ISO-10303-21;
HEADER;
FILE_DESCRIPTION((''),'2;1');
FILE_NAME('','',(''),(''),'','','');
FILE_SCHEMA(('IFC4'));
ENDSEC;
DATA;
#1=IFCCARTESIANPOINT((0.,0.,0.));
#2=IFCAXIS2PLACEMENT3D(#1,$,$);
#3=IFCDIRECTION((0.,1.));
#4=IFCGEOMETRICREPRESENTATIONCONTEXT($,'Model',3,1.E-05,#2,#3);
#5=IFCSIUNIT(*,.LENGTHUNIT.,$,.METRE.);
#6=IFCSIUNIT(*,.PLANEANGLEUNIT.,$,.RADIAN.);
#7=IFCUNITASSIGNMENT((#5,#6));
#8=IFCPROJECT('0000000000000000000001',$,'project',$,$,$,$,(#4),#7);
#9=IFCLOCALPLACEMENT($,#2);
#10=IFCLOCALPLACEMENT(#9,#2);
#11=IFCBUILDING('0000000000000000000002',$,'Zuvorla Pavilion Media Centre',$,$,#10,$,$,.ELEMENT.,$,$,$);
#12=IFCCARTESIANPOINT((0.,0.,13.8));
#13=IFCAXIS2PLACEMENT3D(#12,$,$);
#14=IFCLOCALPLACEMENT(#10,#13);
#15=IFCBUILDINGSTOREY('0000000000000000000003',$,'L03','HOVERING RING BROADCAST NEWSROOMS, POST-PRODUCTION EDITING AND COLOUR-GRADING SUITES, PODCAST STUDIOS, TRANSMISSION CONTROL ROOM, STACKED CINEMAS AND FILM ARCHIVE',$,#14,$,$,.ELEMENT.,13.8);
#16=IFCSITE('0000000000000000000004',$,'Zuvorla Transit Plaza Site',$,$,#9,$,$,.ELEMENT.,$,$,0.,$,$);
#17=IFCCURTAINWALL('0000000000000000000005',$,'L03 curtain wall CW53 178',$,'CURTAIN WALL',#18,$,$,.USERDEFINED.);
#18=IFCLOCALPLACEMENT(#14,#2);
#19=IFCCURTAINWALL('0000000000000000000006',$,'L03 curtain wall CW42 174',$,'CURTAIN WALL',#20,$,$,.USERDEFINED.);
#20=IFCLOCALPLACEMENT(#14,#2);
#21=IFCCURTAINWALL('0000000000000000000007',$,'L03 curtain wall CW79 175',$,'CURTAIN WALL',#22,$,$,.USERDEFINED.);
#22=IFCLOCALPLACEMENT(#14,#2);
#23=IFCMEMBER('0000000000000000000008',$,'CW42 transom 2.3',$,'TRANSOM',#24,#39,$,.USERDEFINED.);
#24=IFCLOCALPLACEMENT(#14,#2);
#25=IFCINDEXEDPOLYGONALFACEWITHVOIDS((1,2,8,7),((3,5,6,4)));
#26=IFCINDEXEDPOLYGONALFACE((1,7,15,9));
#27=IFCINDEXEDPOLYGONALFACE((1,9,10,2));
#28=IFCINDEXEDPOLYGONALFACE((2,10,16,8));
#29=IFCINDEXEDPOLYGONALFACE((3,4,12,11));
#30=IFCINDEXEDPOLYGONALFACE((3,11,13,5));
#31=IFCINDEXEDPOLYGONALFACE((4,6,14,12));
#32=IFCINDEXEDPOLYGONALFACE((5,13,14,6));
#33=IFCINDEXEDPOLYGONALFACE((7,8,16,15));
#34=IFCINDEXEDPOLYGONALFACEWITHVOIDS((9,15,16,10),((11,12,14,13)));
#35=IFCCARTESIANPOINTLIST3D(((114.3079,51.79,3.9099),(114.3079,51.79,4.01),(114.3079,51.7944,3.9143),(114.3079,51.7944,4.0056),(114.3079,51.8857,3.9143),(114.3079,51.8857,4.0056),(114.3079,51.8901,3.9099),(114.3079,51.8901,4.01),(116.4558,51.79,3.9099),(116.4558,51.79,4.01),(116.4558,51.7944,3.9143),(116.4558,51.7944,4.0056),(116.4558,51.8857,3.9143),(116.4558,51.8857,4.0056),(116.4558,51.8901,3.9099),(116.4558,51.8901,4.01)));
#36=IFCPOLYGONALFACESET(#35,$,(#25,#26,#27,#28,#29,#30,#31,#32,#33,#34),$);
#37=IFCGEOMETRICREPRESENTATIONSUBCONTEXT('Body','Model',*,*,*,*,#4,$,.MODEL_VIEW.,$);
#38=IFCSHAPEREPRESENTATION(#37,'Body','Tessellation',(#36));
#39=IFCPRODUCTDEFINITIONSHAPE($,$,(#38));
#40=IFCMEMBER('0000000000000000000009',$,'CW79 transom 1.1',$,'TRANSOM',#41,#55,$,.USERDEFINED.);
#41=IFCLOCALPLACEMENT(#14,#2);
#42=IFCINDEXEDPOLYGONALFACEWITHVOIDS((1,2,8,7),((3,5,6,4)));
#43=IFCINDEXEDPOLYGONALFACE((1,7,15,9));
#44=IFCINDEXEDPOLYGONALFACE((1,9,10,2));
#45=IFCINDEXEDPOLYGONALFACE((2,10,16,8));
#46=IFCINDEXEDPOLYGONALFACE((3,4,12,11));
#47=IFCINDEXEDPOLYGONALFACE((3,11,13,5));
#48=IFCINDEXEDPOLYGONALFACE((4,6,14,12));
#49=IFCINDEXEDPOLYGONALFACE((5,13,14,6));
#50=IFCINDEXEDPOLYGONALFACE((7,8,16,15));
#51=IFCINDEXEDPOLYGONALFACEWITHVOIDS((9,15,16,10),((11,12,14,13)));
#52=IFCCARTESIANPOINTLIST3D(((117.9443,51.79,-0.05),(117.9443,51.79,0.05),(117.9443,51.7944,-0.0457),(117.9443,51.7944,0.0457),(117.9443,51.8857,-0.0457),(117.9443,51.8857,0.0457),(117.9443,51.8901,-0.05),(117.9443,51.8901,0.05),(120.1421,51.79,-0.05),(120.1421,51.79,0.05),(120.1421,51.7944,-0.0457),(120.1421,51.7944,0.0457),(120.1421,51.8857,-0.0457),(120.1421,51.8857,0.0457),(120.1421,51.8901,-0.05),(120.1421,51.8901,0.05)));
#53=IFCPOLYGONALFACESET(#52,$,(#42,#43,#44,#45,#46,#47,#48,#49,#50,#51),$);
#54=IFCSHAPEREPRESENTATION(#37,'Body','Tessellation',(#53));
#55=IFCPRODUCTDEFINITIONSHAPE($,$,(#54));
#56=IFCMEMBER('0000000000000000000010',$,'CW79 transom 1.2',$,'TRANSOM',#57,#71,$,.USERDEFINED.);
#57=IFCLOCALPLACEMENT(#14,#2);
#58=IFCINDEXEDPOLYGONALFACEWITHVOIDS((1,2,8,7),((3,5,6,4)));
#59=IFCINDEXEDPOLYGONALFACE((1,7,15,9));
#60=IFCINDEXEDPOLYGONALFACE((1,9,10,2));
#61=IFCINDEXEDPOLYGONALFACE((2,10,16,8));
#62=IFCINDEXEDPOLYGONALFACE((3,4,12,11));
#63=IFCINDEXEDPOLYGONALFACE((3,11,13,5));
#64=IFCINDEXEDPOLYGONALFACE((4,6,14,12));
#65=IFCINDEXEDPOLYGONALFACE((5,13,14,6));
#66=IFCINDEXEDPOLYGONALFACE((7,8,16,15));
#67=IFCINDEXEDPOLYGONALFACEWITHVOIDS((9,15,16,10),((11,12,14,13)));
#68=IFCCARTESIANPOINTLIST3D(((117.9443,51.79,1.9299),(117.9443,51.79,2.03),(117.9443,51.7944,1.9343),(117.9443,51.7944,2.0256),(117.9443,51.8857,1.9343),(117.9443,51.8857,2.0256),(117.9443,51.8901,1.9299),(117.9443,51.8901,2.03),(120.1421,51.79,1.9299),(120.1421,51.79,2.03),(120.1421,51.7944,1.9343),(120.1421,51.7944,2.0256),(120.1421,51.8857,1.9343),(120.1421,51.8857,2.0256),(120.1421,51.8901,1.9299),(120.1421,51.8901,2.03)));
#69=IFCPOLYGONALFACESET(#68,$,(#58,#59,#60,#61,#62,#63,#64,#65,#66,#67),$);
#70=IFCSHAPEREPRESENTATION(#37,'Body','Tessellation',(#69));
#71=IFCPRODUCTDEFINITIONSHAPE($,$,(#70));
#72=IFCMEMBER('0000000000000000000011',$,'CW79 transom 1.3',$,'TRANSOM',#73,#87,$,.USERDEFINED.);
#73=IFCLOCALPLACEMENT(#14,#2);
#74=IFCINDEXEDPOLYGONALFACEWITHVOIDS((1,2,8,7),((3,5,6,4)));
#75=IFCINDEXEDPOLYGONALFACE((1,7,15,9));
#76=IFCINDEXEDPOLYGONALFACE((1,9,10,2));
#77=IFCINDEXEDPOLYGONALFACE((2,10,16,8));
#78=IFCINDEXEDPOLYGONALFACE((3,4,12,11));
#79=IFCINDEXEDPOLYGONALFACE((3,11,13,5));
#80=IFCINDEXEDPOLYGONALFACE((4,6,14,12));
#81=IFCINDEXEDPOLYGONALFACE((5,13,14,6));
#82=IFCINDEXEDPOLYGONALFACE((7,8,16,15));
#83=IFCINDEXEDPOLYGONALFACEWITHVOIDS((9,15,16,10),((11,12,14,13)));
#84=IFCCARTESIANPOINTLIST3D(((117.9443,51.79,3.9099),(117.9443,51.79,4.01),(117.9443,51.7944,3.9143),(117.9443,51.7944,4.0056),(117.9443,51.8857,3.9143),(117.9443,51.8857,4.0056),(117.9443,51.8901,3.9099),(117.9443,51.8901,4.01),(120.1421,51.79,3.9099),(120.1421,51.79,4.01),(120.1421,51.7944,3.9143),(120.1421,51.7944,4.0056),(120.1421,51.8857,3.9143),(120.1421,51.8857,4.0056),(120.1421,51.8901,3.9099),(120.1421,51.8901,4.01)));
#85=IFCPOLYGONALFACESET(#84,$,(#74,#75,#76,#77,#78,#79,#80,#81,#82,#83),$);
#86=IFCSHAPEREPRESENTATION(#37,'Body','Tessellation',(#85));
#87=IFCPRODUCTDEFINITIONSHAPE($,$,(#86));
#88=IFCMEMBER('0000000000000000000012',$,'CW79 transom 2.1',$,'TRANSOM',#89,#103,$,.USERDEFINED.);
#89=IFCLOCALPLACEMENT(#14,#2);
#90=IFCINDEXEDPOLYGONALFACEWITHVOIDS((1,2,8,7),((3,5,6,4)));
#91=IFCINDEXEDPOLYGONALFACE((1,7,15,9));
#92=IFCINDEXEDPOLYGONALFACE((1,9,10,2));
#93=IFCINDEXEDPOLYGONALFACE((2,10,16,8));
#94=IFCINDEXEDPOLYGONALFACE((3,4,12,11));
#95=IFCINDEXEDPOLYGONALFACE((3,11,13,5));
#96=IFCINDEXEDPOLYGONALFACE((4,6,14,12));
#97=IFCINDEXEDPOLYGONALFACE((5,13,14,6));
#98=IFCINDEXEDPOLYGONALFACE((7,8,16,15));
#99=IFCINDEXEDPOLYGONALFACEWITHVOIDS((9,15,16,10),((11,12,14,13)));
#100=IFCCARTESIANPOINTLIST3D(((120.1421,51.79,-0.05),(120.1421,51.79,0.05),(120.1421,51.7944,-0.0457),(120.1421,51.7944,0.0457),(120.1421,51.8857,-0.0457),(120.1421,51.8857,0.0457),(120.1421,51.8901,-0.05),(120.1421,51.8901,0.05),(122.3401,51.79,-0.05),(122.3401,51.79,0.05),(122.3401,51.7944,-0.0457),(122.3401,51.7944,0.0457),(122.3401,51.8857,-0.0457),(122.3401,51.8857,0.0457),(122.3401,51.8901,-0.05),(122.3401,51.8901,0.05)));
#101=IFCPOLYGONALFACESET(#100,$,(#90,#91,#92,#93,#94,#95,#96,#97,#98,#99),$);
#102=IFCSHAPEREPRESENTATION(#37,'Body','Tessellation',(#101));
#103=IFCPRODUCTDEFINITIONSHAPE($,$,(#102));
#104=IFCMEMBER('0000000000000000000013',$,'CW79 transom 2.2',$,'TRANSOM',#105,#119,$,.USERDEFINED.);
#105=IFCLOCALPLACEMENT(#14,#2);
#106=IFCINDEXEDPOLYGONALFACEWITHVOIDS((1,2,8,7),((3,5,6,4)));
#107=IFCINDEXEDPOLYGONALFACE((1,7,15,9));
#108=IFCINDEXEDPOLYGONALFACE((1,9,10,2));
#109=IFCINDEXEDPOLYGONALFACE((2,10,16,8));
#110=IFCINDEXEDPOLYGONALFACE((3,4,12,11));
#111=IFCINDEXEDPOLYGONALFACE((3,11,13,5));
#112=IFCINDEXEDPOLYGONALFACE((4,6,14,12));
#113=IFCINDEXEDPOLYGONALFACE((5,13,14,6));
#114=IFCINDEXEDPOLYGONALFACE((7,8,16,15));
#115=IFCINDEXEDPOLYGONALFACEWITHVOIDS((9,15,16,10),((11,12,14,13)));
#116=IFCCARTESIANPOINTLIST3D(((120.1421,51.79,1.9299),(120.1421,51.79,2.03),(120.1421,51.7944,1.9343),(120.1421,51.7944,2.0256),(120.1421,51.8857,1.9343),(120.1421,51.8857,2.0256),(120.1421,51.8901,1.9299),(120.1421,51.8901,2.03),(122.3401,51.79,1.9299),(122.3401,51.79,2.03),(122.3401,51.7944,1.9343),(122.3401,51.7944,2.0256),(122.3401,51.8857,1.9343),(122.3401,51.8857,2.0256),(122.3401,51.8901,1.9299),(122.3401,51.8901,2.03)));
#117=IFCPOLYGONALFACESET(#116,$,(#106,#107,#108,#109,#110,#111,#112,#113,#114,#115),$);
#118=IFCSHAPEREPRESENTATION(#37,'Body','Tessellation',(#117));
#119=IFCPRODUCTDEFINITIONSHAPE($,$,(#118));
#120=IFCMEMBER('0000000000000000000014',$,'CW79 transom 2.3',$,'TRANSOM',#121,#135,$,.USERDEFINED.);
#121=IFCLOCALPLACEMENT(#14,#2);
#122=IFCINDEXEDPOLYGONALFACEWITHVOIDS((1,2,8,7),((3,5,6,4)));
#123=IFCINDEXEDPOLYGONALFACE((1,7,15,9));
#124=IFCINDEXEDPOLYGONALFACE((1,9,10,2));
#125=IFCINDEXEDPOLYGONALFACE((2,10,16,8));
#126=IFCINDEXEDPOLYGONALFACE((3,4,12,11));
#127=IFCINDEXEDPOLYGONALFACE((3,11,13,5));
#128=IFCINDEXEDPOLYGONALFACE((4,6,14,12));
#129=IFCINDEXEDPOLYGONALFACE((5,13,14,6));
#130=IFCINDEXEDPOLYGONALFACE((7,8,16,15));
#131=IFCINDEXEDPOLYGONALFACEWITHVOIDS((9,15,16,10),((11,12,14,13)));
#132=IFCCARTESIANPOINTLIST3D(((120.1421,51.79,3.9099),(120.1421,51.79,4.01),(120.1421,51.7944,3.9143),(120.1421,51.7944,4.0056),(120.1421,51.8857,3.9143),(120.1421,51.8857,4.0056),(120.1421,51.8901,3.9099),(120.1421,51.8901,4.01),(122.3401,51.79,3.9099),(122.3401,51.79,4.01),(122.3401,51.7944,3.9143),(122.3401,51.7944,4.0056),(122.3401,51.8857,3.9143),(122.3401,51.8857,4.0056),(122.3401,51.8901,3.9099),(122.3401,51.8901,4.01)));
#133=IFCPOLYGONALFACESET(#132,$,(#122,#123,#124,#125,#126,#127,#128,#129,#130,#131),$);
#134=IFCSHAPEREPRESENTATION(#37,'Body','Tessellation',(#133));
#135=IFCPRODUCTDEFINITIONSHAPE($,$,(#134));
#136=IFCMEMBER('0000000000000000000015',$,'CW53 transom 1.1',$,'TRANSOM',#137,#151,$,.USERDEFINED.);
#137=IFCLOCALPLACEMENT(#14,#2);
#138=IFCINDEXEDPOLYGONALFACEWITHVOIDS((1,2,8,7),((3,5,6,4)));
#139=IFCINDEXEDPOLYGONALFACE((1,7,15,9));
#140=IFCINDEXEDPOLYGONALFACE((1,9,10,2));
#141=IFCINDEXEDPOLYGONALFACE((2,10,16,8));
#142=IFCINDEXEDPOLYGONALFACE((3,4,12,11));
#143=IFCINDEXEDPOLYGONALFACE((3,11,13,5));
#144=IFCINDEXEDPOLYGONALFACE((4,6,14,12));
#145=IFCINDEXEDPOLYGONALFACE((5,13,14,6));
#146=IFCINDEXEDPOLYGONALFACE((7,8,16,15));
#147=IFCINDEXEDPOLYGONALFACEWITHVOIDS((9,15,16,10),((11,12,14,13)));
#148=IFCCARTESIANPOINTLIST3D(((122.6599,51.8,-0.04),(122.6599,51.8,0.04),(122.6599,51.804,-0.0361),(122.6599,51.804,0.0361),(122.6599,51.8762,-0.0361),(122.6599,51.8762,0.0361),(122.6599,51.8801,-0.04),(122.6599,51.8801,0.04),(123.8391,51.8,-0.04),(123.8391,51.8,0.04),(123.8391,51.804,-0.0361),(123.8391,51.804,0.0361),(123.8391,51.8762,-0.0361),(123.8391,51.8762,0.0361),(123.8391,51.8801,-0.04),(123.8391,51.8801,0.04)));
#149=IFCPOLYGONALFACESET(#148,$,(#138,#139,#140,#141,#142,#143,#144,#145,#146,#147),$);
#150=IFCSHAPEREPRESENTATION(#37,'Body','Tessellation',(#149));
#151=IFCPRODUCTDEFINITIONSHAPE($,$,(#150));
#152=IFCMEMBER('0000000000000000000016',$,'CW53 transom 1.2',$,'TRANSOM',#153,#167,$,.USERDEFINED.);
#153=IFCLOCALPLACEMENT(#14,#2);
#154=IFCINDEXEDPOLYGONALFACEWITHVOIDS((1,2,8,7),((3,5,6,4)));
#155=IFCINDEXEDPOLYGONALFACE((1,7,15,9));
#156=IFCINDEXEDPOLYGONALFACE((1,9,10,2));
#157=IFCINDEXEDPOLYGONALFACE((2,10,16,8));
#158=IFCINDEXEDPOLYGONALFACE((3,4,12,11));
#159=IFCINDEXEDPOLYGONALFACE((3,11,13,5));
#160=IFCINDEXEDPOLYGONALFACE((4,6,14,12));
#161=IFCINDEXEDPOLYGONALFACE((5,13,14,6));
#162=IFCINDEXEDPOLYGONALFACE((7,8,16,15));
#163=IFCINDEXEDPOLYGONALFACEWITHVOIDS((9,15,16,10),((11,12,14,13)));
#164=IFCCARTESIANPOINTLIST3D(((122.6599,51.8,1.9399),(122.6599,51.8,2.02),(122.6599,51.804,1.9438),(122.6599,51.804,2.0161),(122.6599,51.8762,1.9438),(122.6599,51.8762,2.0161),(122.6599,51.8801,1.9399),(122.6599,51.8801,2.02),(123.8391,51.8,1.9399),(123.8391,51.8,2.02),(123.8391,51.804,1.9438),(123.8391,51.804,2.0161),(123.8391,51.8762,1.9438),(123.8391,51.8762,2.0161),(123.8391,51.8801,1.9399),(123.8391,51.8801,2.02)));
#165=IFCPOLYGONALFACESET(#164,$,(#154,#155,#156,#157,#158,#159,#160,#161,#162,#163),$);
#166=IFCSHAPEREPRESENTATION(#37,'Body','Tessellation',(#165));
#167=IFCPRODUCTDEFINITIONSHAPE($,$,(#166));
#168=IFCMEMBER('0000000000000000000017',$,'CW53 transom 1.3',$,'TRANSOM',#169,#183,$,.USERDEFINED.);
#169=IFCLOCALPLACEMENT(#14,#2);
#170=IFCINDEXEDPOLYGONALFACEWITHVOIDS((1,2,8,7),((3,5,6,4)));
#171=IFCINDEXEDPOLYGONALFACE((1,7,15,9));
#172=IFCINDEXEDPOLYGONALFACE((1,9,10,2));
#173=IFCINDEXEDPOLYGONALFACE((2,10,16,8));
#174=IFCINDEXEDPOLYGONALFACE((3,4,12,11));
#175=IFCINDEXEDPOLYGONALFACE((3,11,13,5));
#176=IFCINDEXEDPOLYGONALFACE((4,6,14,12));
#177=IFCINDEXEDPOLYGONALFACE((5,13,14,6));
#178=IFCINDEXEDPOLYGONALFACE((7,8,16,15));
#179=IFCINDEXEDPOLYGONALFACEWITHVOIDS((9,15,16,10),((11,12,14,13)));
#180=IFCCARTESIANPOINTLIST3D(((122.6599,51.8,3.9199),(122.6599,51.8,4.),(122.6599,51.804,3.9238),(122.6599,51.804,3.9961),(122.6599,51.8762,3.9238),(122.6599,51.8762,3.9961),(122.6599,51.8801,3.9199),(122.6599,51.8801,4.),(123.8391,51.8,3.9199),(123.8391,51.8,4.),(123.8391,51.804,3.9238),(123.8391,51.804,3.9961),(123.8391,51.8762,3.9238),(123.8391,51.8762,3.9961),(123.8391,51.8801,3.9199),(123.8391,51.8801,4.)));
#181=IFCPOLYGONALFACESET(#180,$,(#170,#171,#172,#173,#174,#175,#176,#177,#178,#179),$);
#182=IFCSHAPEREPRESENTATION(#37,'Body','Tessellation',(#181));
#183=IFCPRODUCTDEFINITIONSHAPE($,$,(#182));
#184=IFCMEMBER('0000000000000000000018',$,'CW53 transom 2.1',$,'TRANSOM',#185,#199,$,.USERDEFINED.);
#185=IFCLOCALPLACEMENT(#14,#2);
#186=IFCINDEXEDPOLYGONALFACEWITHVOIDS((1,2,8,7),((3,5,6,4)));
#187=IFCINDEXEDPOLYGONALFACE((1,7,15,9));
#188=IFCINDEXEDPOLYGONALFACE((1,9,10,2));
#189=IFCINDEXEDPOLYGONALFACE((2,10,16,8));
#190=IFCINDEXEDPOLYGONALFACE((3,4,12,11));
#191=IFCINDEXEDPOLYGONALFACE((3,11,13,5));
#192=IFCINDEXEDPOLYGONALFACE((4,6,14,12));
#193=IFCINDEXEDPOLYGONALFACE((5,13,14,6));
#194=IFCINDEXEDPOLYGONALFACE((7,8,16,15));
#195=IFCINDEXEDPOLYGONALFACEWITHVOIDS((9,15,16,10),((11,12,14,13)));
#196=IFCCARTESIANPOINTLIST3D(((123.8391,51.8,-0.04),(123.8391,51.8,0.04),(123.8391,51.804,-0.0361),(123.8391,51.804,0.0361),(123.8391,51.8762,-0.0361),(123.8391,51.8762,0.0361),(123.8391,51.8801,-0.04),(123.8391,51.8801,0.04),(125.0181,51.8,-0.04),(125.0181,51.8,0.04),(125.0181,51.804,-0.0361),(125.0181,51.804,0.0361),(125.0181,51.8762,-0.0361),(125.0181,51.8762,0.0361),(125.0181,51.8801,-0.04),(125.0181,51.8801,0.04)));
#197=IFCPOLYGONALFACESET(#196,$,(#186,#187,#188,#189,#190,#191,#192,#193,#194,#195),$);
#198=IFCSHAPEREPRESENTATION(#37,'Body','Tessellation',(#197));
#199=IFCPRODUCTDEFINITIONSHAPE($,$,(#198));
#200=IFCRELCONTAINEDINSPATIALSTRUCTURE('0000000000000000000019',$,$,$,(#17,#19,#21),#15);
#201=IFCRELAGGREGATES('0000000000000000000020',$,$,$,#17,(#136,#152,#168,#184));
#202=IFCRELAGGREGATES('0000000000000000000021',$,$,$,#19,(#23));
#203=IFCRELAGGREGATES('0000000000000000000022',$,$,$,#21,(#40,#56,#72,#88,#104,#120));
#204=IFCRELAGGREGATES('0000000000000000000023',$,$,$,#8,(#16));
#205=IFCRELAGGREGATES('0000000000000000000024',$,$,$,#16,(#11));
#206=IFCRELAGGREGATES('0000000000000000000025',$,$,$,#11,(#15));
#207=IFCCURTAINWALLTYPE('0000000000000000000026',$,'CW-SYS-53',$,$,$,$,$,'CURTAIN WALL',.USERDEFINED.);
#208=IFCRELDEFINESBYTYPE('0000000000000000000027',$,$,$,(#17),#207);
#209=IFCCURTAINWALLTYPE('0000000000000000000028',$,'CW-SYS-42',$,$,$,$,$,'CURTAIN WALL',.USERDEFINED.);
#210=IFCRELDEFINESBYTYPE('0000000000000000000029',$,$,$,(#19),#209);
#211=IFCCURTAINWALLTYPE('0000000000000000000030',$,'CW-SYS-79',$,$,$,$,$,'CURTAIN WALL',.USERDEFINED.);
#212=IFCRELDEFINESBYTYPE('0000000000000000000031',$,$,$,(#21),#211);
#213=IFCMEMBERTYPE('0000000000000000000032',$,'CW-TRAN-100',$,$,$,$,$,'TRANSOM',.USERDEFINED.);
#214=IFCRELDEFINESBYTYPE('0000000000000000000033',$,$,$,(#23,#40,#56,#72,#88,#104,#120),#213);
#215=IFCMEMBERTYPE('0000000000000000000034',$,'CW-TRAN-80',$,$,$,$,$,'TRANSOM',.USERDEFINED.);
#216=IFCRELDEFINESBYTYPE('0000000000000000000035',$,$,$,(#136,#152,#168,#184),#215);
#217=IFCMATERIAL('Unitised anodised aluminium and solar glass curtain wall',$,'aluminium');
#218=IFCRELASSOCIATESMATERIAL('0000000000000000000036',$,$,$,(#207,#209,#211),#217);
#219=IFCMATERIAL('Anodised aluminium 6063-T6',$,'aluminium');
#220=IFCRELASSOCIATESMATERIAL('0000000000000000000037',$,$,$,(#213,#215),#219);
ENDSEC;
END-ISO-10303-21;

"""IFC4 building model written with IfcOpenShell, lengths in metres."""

from ifc_helpers import new_model, si_unit, direction, frame, origin, origin_2d, place, context, subcontext, project, spatial, hollow_rectangle, extrude, material, material_profile, profile_set, type_object, element, aggregate, save


model = new_model("IFC4")

# Units and contexts
model_context = context("Model", 3, precision=1e-05, world=origin(), true_north=direction((0.0, 1.0)))
body_context = subcontext(model_context, "Body", "Model", "MODEL_VIEW")
ifc_project = project(units=[si_unit("LENGTHUNIT", "METRE"), si_unit("PLANEANGLEUNIT", "RADIAN")], contexts=[model_context])

# Site, building, storey
site_placement = place(None, origin())
site = spatial("IfcSite", under=ifc_project, at=site_placement, Name="Zuvorla Transit Plaza Site", CompositionType="ELEMENT", RefElevation=0.0)
building_placement = place(site_placement, origin())
building = spatial("IfcBuilding", under=site, at=building_placement, Name="Zuvorla Pavilion Media Centre", CompositionType="ELEMENT")
storey_placement = place(building_placement, frame((0.0, 0.0, 13.8)))
storey = spatial("IfcBuildingStorey", under=building, at=storey_placement, Name="L03", Description="HOVERING RING BROADCAST NEWSROOMS, POST-PRODUCTION EDITING AND COLOUR-GRADING SUITES, PODCAST STUDIOS, TRANSMISSION CONTROL ROOM, STACKED CINEMAS AND FILM ARCHIVE", CompositionType="ELEMENT", Elevation=13.8)

# Curtain walls
ifc_material_1 = material(Name="Unitised anodised aluminium and solar glass curtain wall", Category="aluminium")
curtain_wall_type_1 = type_object("IfcCurtainWallType", Name="CW-SYS-53", ElementType="CURTAIN WALL", PredefinedType="USERDEFINED", material=ifc_material_1)
curtain_wall_1_placement = place(storey_placement, origin())
curtain_wall_1 = element("IfcCurtainWall", 1, at=curtain_wall_1_placement, inside=storey, type_object=curtain_wall_type_1, Name="L03 curtain wall CW53 178", ObjectType="CURTAIN WALL", PredefinedType="USERDEFINED")
ifc_material_2 = material(Name="Anodised aluminium 6063-T6", Category="aluminium")
curtain_wall_type_2 = type_object("IfcCurtainWallType", Name="CW-SYS-42", ElementType="CURTAIN WALL", PredefinedType="USERDEFINED", material=ifc_material_1)
curtain_wall_2_placement = place(storey_placement, origin())
curtain_wall_2 = element("IfcCurtainWall", 2, at=curtain_wall_2_placement, inside=storey, type_object=curtain_wall_type_2, Name="L03 curtain wall CW42 174", ObjectType="CURTAIN WALL", PredefinedType="USERDEFINED")
curtain_wall_type_3 = type_object("IfcCurtainWallType", Name="CW-SYS-79", ElementType="CURTAIN WALL", PredefinedType="USERDEFINED", material=ifc_material_1)
curtain_wall_3_placement = place(storey_placement, origin())
curtain_wall_3 = element("IfcCurtainWall", 3, at=curtain_wall_3_placement, inside=storey, type_object=curtain_wall_type_3, Name="L03 curtain wall CW79 175", ObjectType="CURTAIN WALL", PredefinedType="USERDEFINED")

# Members
ifc_material_profile_1 = material_profile(ifc_material_2, hollow_rectangle(XDim=0.1001, YDim=0.1001, WallThickness=0.0044, at=origin_2d()), Name="ALU TRAN 100x100")
ifc_profile_set_1 = profile_set([ifc_material_profile_1], Name="Anodised aluminium 6063-T6")
member_type_1 = type_object("IfcMemberType", Name="CW-TRAN-100", ElementType="TRANSOM", PredefinedType="USERDEFINED", material=ifc_profile_set_1)
member_1_placement = place(storey_placement, frame((114.3079, 51.8401, 3.96), z_axis=(1.0, 0.0, 0.0), x_axis=(0.0, 1.0, 0.0)))
member_1 = element("IfcMember", 4, at=member_1_placement, type_object=member_type_1, Name="CW42 transom 2.3", ObjectType="TRANSOM", PredefinedType="USERDEFINED", context=body_context, shape_type="SweptSolid", body=[
    extrude(hollow_rectangle(XDim=0.1001, YDim=0.1001, WallThickness=0.0044, at=origin_2d()), origin(), (0.0, 0.0, 1.0), 2.1479),
])
member_2_placement = place(storey_placement, frame((117.9443, 51.8401, 0.0), z_axis=(1.0, 0.0, 0.0), x_axis=(0.0, 1.0, 0.0)))
member_2 = element("IfcMember", 5, at=member_2_placement, type_object=member_type_1, Name="CW79 transom 1.1", ObjectType="TRANSOM", PredefinedType="USERDEFINED", context=body_context, shape_type="SweptSolid", body=[
    extrude(hollow_rectangle(XDim=0.1001, YDim=0.1001, WallThickness=0.0044, at=origin_2d()), origin(), (0.0, 0.0, 1.0), 2.1978),
])
member_3_placement = place(storey_placement, frame((117.9443, 51.8401, 1.98), z_axis=(1.0, 0.0, 0.0), x_axis=(0.0, 1.0, 0.0)))
member_3 = element("IfcMember", 6, at=member_3_placement, type_object=member_type_1, Name="CW79 transom 1.2", ObjectType="TRANSOM", PredefinedType="USERDEFINED", context=body_context, shape_type="SweptSolid", body=[
    extrude(hollow_rectangle(XDim=0.1001, YDim=0.1001, WallThickness=0.0044, at=origin_2d()), origin(), (0.0, 0.0, 1.0), 2.1978),
])
member_4_placement = place(storey_placement, frame((117.9443, 51.8401, 3.96), z_axis=(1.0, 0.0, 0.0), x_axis=(0.0, 1.0, 0.0)))
member_4 = element("IfcMember", 7, at=member_4_placement, type_object=member_type_1, Name="CW79 transom 1.3", ObjectType="TRANSOM", PredefinedType="USERDEFINED", context=body_context, shape_type="SweptSolid", body=[
    extrude(hollow_rectangle(XDim=0.1001, YDim=0.1001, WallThickness=0.0044, at=origin_2d()), origin(), (0.0, 0.0, 1.0), 2.1978),
])
member_5_placement = place(storey_placement, frame((120.1421, 51.8401, 0.0), z_axis=(1.0, 0.0, 0.0), x_axis=(0.0, 1.0, 0.0)))
member_5 = element("IfcMember", 8, at=member_5_placement, type_object=member_type_1, Name="CW79 transom 2.1", ObjectType="TRANSOM", PredefinedType="USERDEFINED", context=body_context, shape_type="SweptSolid", body=[
    extrude(hollow_rectangle(XDim=0.1001, YDim=0.1001, WallThickness=0.0044, at=origin_2d()), origin(), (0.0, 0.0, 1.0), 2.198),
])
member_6_placement = place(storey_placement, frame((120.1421, 51.8401, 1.98), z_axis=(1.0, 0.0, 0.0), x_axis=(0.0, 1.0, 0.0)))
member_6 = element("IfcMember", 9, at=member_6_placement, type_object=member_type_1, Name="CW79 transom 2.2", ObjectType="TRANSOM", PredefinedType="USERDEFINED", context=body_context, shape_type="SweptSolid", body=[
    extrude(hollow_rectangle(XDim=0.1001, YDim=0.1001, WallThickness=0.0044, at=origin_2d()), origin(), (0.0, 0.0, 1.0), 2.198),
])
member_7_placement = place(storey_placement, frame((120.1421, 51.8401, 3.96), z_axis=(1.0, 0.0, 0.0), x_axis=(0.0, 1.0, 0.0)))
member_7 = element("IfcMember", 10, at=member_7_placement, type_object=member_type_1, Name="CW79 transom 2.3", ObjectType="TRANSOM", PredefinedType="USERDEFINED", context=body_context, shape_type="SweptSolid", body=[
    extrude(hollow_rectangle(XDim=0.1001, YDim=0.1001, WallThickness=0.0044, at=origin_2d()), origin(), (0.0, 0.0, 1.0), 2.198),
])
ifc_material_profile_2 = material_profile(ifc_material_2, hollow_rectangle(XDim=0.0801, YDim=0.0801, WallThickness=0.0039, at=origin_2d()), Name="ALU TRAN 80x80")
ifc_profile_set_2 = profile_set([ifc_material_profile_2], Name="Anodised aluminium 6063-T6")
member_type_2 = type_object("IfcMemberType", Name="CW-TRAN-80", ElementType="TRANSOM", PredefinedType="USERDEFINED", material=ifc_profile_set_2)
member_8_placement = place(storey_placement, frame((122.6599, 51.8401, 0.0), z_axis=(1.0, 0.0, 0.0), x_axis=(0.0, 1.0, 0.0)))
member_8 = element("IfcMember", 11, at=member_8_placement, type_object=member_type_2, Name="CW53 transom 1.1", ObjectType="TRANSOM", PredefinedType="USERDEFINED", context=body_context, shape_type="SweptSolid", body=[
    extrude(hollow_rectangle(XDim=0.0801, YDim=0.0801, WallThickness=0.0039, at=origin_2d()), origin(), (0.0, 0.0, 1.0), 1.1792),
])
member_9_placement = place(storey_placement, frame((122.6599, 51.8401, 1.98), z_axis=(1.0, 0.0, 0.0), x_axis=(0.0, 1.0, 0.0)))
member_9 = element("IfcMember", 12, at=member_9_placement, type_object=member_type_2, Name="CW53 transom 1.2", ObjectType="TRANSOM", PredefinedType="USERDEFINED", context=body_context, shape_type="SweptSolid", body=[
    extrude(hollow_rectangle(XDim=0.0801, YDim=0.0801, WallThickness=0.0039, at=origin_2d()), origin(), (0.0, 0.0, 1.0), 1.1792),
])
member_10_placement = place(storey_placement, frame((122.6599, 51.8401, 3.96), z_axis=(1.0, 0.0, 0.0), x_axis=(0.0, 1.0, 0.0)))
member_10 = element("IfcMember", 13, at=member_10_placement, type_object=member_type_2, Name="CW53 transom 1.3", ObjectType="TRANSOM", PredefinedType="USERDEFINED", context=body_context, shape_type="SweptSolid", body=[
    extrude(hollow_rectangle(XDim=0.0801, YDim=0.0801, WallThickness=0.0039, at=origin_2d()), origin(), (0.0, 0.0, 1.0), 1.1792),
])
member_11_placement = place(storey_placement, frame((123.8391, 51.8401, 0.0), z_axis=(1.0, 0.0, 0.0), x_axis=(0.0, 1.0, 0.0)))
member_11 = element("IfcMember", 14, at=member_11_placement, type_object=member_type_2, Name="CW53 transom 2.1", ObjectType="TRANSOM", PredefinedType="USERDEFINED", context=body_context, shape_type="SweptSolid", body=[
    extrude(hollow_rectangle(XDim=0.0801, YDim=0.0801, WallThickness=0.0039, at=origin_2d()), origin(), (0.0, 0.0, 1.0), 1.179),
])

aggregate(curtain_wall_1, [member_8, member_9, member_10, member_11])
aggregate(curtain_wall_2, [member_1])
aggregate(curtain_wall_3, [member_2, member_3, member_4, member_5, member_6, member_7])

save(model, "model.ifc")
